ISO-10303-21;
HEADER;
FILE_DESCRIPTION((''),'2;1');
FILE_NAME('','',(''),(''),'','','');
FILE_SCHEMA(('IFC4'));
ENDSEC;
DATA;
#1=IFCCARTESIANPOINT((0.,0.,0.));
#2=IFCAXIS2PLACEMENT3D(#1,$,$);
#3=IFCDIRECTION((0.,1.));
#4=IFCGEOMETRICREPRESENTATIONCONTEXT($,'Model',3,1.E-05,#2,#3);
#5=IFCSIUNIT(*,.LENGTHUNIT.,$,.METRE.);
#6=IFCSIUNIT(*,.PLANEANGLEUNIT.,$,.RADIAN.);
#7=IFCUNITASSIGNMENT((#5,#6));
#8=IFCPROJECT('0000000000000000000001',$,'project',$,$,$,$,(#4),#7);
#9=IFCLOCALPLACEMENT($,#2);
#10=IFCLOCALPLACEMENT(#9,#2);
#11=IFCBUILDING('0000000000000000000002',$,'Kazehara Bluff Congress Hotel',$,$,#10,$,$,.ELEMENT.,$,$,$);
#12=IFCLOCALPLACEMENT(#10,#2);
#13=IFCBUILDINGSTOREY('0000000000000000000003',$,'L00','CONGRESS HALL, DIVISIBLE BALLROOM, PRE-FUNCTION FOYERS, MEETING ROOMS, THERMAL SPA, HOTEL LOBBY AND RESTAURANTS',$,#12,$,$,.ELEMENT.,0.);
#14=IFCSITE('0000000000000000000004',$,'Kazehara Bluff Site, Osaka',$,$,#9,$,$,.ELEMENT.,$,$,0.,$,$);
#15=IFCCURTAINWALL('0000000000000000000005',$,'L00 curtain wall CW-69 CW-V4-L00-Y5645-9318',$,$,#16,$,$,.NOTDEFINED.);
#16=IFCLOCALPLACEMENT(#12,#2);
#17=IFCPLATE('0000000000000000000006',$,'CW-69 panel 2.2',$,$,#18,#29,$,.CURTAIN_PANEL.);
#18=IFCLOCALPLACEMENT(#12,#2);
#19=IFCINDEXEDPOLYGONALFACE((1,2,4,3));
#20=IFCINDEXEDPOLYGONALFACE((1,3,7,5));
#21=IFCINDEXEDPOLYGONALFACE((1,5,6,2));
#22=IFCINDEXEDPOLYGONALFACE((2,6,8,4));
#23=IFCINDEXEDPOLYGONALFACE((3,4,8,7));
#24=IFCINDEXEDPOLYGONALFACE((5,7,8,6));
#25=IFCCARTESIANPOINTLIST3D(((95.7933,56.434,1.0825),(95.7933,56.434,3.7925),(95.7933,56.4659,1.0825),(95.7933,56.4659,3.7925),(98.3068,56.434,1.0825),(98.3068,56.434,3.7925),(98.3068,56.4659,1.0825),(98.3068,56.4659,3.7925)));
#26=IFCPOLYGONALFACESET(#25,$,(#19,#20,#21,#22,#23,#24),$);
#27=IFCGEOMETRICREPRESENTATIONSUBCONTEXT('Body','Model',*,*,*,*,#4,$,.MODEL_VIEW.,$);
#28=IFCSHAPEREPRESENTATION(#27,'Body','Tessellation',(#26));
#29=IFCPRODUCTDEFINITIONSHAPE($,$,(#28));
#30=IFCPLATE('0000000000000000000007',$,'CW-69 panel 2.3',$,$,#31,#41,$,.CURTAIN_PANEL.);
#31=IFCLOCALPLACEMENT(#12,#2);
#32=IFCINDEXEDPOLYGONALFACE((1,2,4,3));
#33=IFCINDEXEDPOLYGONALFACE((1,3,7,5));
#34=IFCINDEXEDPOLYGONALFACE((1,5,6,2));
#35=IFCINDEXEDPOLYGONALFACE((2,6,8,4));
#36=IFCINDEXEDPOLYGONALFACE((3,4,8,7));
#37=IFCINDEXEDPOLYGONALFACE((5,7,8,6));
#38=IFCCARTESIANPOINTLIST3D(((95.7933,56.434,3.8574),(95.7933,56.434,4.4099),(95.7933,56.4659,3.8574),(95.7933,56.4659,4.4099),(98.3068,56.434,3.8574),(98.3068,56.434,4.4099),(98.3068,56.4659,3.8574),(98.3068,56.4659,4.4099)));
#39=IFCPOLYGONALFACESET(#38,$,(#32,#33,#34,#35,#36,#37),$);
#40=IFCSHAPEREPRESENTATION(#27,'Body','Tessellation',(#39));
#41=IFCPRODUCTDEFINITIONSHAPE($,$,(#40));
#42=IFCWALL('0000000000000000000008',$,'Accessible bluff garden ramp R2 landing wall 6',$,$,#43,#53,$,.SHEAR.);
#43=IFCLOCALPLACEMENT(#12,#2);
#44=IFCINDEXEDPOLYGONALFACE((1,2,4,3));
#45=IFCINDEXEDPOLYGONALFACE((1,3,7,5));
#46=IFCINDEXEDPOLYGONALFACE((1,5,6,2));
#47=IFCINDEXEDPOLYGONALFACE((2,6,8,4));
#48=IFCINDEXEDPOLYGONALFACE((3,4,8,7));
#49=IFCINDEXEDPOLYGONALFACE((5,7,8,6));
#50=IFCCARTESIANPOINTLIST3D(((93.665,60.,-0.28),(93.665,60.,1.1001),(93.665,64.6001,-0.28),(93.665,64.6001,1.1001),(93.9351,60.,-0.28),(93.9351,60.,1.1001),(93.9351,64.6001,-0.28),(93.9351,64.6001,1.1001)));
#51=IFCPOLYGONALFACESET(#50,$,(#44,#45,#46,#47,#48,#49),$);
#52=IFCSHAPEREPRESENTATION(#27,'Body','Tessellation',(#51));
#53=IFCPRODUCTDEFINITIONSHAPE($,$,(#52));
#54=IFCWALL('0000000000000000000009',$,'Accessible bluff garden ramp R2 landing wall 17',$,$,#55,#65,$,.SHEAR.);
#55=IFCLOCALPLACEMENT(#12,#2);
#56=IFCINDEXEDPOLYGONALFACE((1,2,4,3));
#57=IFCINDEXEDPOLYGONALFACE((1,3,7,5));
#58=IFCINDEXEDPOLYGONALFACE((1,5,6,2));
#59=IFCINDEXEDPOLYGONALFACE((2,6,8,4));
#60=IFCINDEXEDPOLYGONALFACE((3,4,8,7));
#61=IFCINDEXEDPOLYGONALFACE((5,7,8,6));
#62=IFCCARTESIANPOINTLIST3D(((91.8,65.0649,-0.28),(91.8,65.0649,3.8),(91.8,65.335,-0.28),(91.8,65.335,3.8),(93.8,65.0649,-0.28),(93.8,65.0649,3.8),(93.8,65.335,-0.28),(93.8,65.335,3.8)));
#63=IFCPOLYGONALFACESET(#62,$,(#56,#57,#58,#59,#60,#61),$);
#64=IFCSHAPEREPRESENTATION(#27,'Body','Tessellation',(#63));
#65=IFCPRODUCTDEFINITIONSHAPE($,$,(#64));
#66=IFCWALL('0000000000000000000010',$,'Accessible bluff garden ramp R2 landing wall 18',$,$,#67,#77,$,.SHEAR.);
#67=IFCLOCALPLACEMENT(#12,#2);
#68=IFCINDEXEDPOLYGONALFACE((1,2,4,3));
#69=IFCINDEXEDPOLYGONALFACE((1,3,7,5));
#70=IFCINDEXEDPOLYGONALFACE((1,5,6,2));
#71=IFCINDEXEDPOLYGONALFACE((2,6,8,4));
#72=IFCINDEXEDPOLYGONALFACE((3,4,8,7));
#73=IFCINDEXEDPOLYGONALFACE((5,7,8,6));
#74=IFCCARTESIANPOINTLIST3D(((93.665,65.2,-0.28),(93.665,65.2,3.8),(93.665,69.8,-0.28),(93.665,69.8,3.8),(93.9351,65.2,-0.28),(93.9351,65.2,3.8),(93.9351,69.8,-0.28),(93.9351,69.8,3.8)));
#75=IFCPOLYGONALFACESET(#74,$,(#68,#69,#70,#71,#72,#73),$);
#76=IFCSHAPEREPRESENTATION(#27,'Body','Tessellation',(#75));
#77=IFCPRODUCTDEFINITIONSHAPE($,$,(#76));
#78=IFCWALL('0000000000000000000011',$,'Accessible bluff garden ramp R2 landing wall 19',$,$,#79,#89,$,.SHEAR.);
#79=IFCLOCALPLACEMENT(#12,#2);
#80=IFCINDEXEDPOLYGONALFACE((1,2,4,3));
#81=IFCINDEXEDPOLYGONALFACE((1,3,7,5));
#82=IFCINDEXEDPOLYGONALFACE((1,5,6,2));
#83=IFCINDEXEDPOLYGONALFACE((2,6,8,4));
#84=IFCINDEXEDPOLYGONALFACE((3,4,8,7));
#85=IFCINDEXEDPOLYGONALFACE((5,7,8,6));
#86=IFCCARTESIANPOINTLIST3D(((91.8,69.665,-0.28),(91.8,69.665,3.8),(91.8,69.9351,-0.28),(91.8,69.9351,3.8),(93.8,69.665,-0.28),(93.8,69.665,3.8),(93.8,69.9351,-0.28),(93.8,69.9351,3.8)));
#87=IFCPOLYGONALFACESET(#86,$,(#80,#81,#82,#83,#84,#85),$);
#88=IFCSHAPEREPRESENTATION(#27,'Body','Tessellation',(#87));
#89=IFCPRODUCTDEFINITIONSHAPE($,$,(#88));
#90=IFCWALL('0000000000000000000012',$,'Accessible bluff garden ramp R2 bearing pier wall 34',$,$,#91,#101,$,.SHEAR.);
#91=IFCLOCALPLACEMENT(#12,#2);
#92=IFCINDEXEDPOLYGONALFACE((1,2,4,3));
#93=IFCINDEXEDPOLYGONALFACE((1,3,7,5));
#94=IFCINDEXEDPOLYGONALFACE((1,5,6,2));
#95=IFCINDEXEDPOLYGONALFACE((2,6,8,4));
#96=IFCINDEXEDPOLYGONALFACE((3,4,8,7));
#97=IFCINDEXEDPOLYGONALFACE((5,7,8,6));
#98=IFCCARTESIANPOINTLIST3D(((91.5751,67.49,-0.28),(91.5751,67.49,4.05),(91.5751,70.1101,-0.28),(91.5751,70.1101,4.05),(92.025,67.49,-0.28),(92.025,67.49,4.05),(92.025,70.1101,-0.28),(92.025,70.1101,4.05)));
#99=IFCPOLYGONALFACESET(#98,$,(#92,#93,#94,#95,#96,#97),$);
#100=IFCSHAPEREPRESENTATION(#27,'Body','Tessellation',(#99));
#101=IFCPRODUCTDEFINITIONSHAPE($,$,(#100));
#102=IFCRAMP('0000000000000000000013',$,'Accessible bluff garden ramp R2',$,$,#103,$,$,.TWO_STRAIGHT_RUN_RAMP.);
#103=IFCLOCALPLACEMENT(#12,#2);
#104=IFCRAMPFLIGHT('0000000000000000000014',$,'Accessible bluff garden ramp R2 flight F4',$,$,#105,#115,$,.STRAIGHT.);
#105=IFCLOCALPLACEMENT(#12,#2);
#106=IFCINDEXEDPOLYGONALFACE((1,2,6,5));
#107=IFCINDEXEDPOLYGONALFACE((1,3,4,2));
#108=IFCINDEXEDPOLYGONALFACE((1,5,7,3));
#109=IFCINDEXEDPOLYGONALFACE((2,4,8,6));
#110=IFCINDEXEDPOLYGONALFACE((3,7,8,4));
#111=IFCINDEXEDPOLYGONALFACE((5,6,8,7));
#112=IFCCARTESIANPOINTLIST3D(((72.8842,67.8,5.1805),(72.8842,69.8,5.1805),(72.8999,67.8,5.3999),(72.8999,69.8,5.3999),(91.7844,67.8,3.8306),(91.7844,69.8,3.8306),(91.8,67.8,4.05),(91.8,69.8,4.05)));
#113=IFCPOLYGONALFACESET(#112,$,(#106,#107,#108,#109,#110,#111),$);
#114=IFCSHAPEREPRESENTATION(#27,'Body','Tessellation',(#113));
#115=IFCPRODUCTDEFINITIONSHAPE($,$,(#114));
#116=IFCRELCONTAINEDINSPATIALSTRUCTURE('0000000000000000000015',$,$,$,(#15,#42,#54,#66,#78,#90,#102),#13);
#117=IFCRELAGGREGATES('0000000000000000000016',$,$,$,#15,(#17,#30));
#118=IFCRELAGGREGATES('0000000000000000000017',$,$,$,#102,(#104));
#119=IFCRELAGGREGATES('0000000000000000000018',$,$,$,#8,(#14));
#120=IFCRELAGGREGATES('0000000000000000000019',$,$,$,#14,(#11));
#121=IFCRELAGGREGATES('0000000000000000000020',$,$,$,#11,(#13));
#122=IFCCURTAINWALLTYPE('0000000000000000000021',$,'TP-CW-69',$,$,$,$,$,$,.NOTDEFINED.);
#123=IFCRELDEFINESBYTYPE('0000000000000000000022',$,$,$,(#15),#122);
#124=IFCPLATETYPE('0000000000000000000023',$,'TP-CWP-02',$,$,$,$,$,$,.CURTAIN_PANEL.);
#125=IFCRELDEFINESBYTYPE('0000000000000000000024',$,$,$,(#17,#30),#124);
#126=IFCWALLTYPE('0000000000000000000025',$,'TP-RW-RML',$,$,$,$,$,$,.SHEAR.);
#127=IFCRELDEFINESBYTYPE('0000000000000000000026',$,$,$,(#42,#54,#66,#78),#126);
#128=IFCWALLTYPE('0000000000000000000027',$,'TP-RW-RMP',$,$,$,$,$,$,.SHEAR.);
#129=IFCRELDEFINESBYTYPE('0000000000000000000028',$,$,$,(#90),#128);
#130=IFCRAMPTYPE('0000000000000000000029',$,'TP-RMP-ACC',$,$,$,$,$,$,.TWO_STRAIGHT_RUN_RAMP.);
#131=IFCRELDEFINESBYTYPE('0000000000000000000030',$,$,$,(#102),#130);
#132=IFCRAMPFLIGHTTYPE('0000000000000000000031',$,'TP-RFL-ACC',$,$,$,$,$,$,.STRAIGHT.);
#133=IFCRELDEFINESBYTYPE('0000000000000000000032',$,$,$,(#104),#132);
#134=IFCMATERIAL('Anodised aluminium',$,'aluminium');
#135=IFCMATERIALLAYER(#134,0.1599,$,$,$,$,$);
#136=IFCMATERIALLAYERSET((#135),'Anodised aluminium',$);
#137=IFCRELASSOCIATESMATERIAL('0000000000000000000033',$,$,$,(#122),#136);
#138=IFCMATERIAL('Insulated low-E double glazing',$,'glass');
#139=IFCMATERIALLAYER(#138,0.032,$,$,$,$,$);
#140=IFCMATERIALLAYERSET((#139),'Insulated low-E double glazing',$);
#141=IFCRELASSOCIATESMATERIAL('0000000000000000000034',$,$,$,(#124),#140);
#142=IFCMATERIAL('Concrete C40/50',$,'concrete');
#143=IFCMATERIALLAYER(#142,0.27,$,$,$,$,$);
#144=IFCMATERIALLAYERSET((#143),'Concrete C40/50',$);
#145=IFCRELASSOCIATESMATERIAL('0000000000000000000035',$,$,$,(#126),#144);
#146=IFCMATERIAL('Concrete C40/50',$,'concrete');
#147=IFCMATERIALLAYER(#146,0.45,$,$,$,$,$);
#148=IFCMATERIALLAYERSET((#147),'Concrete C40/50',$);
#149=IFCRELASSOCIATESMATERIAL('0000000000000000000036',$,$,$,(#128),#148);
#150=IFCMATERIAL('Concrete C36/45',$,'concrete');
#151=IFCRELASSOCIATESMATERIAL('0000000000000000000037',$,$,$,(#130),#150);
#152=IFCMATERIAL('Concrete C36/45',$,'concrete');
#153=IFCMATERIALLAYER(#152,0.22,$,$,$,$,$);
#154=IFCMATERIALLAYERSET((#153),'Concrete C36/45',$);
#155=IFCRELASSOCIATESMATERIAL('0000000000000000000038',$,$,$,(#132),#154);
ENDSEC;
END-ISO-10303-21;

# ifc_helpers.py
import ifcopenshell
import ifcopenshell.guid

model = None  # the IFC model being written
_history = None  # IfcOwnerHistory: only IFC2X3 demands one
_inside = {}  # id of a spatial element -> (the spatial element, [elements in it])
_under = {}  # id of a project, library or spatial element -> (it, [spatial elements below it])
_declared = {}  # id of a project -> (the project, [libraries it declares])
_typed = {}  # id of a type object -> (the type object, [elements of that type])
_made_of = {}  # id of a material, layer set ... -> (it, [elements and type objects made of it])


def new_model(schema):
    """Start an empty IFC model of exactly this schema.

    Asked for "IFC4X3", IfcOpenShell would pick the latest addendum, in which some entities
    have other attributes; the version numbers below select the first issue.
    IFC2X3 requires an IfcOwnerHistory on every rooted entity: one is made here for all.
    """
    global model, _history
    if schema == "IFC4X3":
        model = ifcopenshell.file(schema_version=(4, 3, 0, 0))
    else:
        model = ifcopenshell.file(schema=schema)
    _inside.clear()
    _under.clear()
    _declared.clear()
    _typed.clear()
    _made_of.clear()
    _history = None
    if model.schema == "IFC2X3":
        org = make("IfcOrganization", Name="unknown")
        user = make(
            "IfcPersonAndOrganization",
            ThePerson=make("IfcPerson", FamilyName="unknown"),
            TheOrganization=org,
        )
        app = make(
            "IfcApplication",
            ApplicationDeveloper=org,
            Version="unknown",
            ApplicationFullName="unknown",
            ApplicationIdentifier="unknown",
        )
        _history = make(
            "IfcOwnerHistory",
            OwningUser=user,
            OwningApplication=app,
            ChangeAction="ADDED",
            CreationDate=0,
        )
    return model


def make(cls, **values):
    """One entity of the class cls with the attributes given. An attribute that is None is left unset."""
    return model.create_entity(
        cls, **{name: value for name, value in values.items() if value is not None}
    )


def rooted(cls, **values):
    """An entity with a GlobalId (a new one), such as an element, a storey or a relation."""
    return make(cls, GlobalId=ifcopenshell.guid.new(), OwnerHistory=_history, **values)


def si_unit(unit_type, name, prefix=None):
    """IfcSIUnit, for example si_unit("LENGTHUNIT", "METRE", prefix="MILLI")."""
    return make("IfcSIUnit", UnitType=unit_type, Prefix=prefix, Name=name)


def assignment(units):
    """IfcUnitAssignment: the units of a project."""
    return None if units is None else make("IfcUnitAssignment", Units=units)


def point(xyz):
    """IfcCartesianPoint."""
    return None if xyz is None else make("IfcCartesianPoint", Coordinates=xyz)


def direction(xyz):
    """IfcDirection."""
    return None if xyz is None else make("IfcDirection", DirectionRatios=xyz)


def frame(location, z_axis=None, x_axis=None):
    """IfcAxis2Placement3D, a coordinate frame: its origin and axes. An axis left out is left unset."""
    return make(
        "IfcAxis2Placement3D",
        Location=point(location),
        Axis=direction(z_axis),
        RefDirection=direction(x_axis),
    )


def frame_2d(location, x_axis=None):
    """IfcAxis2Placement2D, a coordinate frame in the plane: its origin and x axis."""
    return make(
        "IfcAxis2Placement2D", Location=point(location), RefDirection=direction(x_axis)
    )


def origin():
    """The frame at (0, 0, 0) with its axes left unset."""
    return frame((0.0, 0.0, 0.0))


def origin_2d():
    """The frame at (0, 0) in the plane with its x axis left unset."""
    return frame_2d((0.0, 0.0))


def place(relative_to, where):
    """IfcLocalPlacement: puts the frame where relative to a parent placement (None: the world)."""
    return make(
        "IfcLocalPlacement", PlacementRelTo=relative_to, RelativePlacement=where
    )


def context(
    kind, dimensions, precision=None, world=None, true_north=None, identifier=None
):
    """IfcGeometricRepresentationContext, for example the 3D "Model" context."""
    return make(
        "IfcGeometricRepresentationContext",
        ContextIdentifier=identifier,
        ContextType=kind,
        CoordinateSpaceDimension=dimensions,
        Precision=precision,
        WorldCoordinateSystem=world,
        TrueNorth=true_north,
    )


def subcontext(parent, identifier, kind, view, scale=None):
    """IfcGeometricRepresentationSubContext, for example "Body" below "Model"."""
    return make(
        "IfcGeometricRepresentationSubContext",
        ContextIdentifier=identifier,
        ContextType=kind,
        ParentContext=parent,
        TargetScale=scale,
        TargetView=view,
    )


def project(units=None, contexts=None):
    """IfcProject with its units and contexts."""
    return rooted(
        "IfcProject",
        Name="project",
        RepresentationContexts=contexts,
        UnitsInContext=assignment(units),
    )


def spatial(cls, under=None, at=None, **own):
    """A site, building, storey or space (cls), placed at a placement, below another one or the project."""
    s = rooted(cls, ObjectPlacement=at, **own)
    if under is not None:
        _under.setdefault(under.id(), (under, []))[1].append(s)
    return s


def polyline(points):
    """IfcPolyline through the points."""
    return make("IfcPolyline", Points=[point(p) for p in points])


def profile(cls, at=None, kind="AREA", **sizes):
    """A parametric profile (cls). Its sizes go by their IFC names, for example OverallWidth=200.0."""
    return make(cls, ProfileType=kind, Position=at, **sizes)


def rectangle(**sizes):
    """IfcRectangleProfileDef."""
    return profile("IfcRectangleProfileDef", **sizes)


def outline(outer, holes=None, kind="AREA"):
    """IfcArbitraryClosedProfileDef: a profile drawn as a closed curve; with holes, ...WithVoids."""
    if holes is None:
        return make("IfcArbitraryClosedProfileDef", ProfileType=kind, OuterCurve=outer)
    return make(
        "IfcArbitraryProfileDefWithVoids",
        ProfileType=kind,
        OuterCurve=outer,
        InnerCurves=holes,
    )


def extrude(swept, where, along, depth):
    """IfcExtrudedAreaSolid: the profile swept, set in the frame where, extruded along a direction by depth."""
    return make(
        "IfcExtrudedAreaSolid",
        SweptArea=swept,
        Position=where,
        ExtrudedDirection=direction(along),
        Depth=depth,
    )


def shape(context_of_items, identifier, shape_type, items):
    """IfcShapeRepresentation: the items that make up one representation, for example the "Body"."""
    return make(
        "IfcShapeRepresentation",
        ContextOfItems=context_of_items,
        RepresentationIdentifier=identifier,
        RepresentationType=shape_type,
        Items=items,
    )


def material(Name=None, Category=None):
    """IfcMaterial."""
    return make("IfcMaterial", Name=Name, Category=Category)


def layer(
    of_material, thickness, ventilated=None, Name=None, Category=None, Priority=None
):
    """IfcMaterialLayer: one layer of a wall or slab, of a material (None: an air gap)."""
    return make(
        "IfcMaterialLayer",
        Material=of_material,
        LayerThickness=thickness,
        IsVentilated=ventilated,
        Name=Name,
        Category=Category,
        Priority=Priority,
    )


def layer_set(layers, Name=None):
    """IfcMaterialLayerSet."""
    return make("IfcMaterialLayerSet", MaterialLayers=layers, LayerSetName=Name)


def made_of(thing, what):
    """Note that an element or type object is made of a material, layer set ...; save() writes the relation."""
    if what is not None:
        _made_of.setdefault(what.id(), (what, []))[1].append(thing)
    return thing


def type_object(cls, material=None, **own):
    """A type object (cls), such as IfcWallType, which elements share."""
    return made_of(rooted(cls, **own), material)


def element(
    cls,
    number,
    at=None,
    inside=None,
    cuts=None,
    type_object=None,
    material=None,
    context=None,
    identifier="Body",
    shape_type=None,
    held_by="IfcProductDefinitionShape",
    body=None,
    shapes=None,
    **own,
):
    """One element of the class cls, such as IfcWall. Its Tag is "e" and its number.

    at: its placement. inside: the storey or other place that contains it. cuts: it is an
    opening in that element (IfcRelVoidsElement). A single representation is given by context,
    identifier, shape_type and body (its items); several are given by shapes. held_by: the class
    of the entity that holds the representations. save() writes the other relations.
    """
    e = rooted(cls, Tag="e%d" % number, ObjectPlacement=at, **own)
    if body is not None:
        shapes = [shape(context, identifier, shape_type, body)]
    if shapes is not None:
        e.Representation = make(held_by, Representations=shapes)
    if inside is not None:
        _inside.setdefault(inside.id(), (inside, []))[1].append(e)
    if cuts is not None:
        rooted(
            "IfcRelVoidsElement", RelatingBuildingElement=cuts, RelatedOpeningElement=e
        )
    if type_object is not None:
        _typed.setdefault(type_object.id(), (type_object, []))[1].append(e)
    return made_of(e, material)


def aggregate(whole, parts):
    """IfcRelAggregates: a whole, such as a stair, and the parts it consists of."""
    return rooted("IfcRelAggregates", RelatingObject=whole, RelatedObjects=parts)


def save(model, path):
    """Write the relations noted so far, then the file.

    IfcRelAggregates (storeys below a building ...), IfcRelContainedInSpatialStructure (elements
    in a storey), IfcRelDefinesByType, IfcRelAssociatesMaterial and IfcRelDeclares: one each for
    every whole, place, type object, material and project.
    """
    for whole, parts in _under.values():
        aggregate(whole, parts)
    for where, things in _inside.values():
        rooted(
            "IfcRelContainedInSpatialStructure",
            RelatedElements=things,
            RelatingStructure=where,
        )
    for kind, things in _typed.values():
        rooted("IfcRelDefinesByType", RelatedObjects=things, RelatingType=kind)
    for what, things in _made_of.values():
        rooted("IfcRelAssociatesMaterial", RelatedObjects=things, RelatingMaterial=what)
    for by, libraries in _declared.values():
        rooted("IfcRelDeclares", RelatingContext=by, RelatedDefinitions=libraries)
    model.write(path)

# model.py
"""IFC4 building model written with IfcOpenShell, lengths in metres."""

from ifc_helpers import new_model, si_unit, direction, frame, frame_2d, origin, origin_2d, place, context, subcontext, project, spatial, polyline, rectangle, outline, extrude, material, layer, layer_set, type_object, element, aggregate, save


model = new_model("IFC4")

# Units and contexts
model_context = context("Model", 3, precision=1e-05, world=origin(), true_north=direction((0.0, 1.0)))
body_context = subcontext(model_context, "Body", "Model", "MODEL_VIEW")
ifc_project = project(units=[si_unit("LENGTHUNIT", "METRE"), si_unit("PLANEANGLEUNIT", "RADIAN")], contexts=[model_context])

# Site, building, storey
site_placement = place(None, origin())
site = spatial("IfcSite", under=ifc_project, at=site_placement, Name="Kazehara Bluff Site, Osaka", CompositionType="ELEMENT", RefElevation=0.0)
building_placement = place(site_placement, origin())
building = spatial("IfcBuilding", under=site, at=building_placement, Name="Kazehara Bluff Congress Hotel", CompositionType="ELEMENT")
storey_placement = place(building_placement, origin())
storey = spatial("IfcBuildingStorey", under=building, at=storey_placement, Name="L00", Description="CONGRESS HALL, DIVISIBLE BALLROOM, PRE-FUNCTION FOYERS, MEETING ROOMS, THERMAL SPA, HOTEL LOBBY AND RESTAURANTS", CompositionType="ELEMENT", Elevation=0.0)

# Curtain wall, plates
ifc_material_1 = material(Name="Anodised aluminium", Category="aluminium")
ifc_layer_1 = layer(ifc_material_1, 0.1599)
ifc_layer_set_1 = layer_set([ifc_layer_1], Name="Anodised aluminium")
curtain_wall_type = type_object("IfcCurtainWallType", Name="TP-CW-69", PredefinedType="NOTDEFINED", material=ifc_layer_set_1)
curtain_wall_placement = place(storey_placement, origin())
curtain_wall = element("IfcCurtainWall", 1, at=curtain_wall_placement, inside=storey, type_object=curtain_wall_type, Name="L00 curtain wall CW-69 CW-V4-L00-Y5645-9318", PredefinedType="NOTDEFINED")
ifc_material_2 = material(Name="Insulated low-E double glazing", Category="glass")
ifc_layer_2 = layer(ifc_material_2, 0.032)
ifc_layer_set_2 = layer_set([ifc_layer_2], Name="Insulated low-E double glazing")
plate_type = type_object("IfcPlateType", Name="TP-CWP-02", PredefinedType="CURTAIN_PANEL", material=ifc_layer_set_2)
plate_1_placement = place(storey_placement, frame((97.05, 56.45, 1.0825), z_axis=(0.0, 0.0, 1.0), x_axis=(1.0, 0.0, 0.0)))
plate_1 = element("IfcPlate", 2, at=plate_1_placement, type_object=plate_type, Name="CW-69 panel 2.2", PredefinedType="CURTAIN_PANEL", context=body_context, shape_type="SweptSolid", body=[
    extrude(rectangle(XDim=2.5134, YDim=0.032, at=origin_2d()), origin(), (0.0, 0.0, 1.0), 2.71),
])
plate_2_placement = place(storey_placement, frame((97.05, 56.45, 3.8574), z_axis=(0.0, 0.0, 1.0), x_axis=(1.0, 0.0, 0.0)))
plate_2 = element("IfcPlate", 3, at=plate_2_placement, type_object=plate_type, Name="CW-69 panel 2.3", PredefinedType="CURTAIN_PANEL", context=body_context, shape_type="SweptSolid", body=[
    extrude(rectangle(XDim=2.5134, YDim=0.032, at=origin_2d()), origin(), (0.0, 0.0, 1.0), 0.5525),
])
aggregate(curtain_wall, [plate_1, plate_2])

# Walls
ifc_material_3 = material(Name="Concrete C40/50", Category="concrete")
ifc_layer_3 = layer(ifc_material_3, 0.27)
ifc_layer_set_3 = layer_set([ifc_layer_3], Name="Concrete C40/50")
wall_type_1 = type_object("IfcWallType", Name="TP-RW-RML", PredefinedType="SHEAR", material=ifc_layer_set_3)
wall_1_placement = place(storey_placement, frame((93.8, 60.0, -0.28), z_axis=(0.0, 0.0, 1.0), x_axis=(0.0, 1.0, 0.0)))
element("IfcWall", 4, at=wall_1_placement, inside=storey, type_object=wall_type_1, Name="Accessible bluff garden ramp R2 landing wall 6", PredefinedType="SHEAR", context=body_context, shape_type="SweptSolid", body=[
    extrude(rectangle(XDim=4.6001, YDim=0.27, at=frame_2d((2.3, 0.0))), origin(), (0.0, 0.0, 1.0), 1.3801),
])
wall_2_placement = place(storey_placement, frame((91.8, 65.2, -0.28), z_axis=(0.0, 0.0, 1.0), x_axis=(1.0, 0.0, 0.0)))
element("IfcWall", 5, at=wall_2_placement, inside=storey, type_object=wall_type_1, Name="Accessible bluff garden ramp R2 landing wall 17", PredefinedType="SHEAR", context=body_context, shape_type="SweptSolid", body=[
    extrude(rectangle(XDim=2.0, YDim=0.27, at=frame_2d((1.0, 0.0))), origin(), (0.0, 0.0, 1.0), 4.0801),
])
wall_3_placement = place(storey_placement, frame((93.8, 65.2, -0.28), z_axis=(0.0, 0.0, 1.0), x_axis=(0.0, 1.0, 0.0)))
element("IfcWall", 6, at=wall_3_placement, inside=storey, type_object=wall_type_1, Name="Accessible bluff garden ramp R2 landing wall 18", PredefinedType="SHEAR", context=body_context, shape_type="SweptSolid", body=[
    extrude(rectangle(XDim=4.6001, YDim=0.27, at=frame_2d((2.3, 0.0))), origin(), (0.0, 0.0, 1.0), 4.0801),
])
wall_4_placement = place(storey_placement, frame((91.8, 69.8, -0.28), z_axis=(0.0, 0.0, 1.0), x_axis=(1.0, 0.0, 0.0)))
element("IfcWall", 7, at=wall_4_placement, inside=storey, type_object=wall_type_1, Name="Accessible bluff garden ramp R2 landing wall 19", PredefinedType="SHEAR", context=body_context, shape_type="SweptSolid", body=[
    extrude(rectangle(XDim=2.0, YDim=0.27, at=frame_2d((1.0, 0.0))), origin(), (0.0, 0.0, 1.0), 4.0801),
])
ifc_material_4 = material(Name="Concrete C40/50", Category="concrete")
ifc_layer_4 = layer(ifc_material_4, 0.45)
ifc_layer_set_4 = layer_set([ifc_layer_4], Name="Concrete C40/50")
wall_type_2 = type_object("IfcWallType", Name="TP-RW-RMP", PredefinedType="SHEAR", material=ifc_layer_set_4)
wall_5_placement = place(storey_placement, frame((91.8, 67.49, -0.28), z_axis=(0.0, 0.0, 1.0), x_axis=(0.0, 1.0, 0.0)))
element("IfcWall", 8, at=wall_5_placement, inside=storey, type_object=wall_type_2, Name="Accessible bluff garden ramp R2 bearing pier wall 34", PredefinedType="SHEAR", context=body_context, shape_type="SweptSolid", body=[
    extrude(rectangle(XDim=2.6201, YDim=0.45, at=frame_2d((1.3101, 0.0))), origin(), (0.0, 0.0, 1.0), 4.3301),
])

# Ramp, ramp flight
ifc_material_5 = material(Name="Concrete C36/45", Category="concrete")
ramp_type = type_object("IfcRampType", Name="TP-RMP-ACC", PredefinedType="TWO_STRAIGHT_RUN_RAMP", material=ifc_material_5)
ramp_placement = place(storey_placement, origin())
ramp = element("IfcRamp", 9, at=ramp_placement, inside=storey, type_object=ramp_type, Name="Accessible bluff garden ramp R2", PredefinedType="TWO_STRAIGHT_RUN_RAMP")
ifc_material_6 = material(Name="Concrete C36/45", Category="concrete")
ifc_layer_5 = layer(ifc_material_6, 0.22)
ifc_layer_set_5 = layer_set([ifc_layer_5], Name="Concrete C36/45")
ramp_flight_type = type_object("IfcRampFlightType", Name="TP-RFL-ACC", PredefinedType="STRAIGHT", material=ifc_layer_set_5)
ramp_flight_placement = place(storey_placement, frame((91.8, 67.8, 4.05), z_axis=(0.071239, 0.0, 0.997459), x_axis=(-0.997459, 0.0, 0.071239)))
ramp_flight = element("IfcRampFlight", 10, at=ramp_flight_placement, type_object=ramp_flight_type, Name="Accessible bluff garden ramp R2 flight F4", PredefinedType="STRAIGHT", context=body_context, shape_type="SweptSolid", body=[
    extrude(outline(polyline([(0.0, 0.0), (18.9483, 0.0), (18.9483, -2.0), (0.0, -2.0), (0.0, 0.0)])), origin(), (0.0, 0.0, -1.0), 0.22),
])
aggregate(ramp, [ramp_flight])

save(model, "model.ifc")
